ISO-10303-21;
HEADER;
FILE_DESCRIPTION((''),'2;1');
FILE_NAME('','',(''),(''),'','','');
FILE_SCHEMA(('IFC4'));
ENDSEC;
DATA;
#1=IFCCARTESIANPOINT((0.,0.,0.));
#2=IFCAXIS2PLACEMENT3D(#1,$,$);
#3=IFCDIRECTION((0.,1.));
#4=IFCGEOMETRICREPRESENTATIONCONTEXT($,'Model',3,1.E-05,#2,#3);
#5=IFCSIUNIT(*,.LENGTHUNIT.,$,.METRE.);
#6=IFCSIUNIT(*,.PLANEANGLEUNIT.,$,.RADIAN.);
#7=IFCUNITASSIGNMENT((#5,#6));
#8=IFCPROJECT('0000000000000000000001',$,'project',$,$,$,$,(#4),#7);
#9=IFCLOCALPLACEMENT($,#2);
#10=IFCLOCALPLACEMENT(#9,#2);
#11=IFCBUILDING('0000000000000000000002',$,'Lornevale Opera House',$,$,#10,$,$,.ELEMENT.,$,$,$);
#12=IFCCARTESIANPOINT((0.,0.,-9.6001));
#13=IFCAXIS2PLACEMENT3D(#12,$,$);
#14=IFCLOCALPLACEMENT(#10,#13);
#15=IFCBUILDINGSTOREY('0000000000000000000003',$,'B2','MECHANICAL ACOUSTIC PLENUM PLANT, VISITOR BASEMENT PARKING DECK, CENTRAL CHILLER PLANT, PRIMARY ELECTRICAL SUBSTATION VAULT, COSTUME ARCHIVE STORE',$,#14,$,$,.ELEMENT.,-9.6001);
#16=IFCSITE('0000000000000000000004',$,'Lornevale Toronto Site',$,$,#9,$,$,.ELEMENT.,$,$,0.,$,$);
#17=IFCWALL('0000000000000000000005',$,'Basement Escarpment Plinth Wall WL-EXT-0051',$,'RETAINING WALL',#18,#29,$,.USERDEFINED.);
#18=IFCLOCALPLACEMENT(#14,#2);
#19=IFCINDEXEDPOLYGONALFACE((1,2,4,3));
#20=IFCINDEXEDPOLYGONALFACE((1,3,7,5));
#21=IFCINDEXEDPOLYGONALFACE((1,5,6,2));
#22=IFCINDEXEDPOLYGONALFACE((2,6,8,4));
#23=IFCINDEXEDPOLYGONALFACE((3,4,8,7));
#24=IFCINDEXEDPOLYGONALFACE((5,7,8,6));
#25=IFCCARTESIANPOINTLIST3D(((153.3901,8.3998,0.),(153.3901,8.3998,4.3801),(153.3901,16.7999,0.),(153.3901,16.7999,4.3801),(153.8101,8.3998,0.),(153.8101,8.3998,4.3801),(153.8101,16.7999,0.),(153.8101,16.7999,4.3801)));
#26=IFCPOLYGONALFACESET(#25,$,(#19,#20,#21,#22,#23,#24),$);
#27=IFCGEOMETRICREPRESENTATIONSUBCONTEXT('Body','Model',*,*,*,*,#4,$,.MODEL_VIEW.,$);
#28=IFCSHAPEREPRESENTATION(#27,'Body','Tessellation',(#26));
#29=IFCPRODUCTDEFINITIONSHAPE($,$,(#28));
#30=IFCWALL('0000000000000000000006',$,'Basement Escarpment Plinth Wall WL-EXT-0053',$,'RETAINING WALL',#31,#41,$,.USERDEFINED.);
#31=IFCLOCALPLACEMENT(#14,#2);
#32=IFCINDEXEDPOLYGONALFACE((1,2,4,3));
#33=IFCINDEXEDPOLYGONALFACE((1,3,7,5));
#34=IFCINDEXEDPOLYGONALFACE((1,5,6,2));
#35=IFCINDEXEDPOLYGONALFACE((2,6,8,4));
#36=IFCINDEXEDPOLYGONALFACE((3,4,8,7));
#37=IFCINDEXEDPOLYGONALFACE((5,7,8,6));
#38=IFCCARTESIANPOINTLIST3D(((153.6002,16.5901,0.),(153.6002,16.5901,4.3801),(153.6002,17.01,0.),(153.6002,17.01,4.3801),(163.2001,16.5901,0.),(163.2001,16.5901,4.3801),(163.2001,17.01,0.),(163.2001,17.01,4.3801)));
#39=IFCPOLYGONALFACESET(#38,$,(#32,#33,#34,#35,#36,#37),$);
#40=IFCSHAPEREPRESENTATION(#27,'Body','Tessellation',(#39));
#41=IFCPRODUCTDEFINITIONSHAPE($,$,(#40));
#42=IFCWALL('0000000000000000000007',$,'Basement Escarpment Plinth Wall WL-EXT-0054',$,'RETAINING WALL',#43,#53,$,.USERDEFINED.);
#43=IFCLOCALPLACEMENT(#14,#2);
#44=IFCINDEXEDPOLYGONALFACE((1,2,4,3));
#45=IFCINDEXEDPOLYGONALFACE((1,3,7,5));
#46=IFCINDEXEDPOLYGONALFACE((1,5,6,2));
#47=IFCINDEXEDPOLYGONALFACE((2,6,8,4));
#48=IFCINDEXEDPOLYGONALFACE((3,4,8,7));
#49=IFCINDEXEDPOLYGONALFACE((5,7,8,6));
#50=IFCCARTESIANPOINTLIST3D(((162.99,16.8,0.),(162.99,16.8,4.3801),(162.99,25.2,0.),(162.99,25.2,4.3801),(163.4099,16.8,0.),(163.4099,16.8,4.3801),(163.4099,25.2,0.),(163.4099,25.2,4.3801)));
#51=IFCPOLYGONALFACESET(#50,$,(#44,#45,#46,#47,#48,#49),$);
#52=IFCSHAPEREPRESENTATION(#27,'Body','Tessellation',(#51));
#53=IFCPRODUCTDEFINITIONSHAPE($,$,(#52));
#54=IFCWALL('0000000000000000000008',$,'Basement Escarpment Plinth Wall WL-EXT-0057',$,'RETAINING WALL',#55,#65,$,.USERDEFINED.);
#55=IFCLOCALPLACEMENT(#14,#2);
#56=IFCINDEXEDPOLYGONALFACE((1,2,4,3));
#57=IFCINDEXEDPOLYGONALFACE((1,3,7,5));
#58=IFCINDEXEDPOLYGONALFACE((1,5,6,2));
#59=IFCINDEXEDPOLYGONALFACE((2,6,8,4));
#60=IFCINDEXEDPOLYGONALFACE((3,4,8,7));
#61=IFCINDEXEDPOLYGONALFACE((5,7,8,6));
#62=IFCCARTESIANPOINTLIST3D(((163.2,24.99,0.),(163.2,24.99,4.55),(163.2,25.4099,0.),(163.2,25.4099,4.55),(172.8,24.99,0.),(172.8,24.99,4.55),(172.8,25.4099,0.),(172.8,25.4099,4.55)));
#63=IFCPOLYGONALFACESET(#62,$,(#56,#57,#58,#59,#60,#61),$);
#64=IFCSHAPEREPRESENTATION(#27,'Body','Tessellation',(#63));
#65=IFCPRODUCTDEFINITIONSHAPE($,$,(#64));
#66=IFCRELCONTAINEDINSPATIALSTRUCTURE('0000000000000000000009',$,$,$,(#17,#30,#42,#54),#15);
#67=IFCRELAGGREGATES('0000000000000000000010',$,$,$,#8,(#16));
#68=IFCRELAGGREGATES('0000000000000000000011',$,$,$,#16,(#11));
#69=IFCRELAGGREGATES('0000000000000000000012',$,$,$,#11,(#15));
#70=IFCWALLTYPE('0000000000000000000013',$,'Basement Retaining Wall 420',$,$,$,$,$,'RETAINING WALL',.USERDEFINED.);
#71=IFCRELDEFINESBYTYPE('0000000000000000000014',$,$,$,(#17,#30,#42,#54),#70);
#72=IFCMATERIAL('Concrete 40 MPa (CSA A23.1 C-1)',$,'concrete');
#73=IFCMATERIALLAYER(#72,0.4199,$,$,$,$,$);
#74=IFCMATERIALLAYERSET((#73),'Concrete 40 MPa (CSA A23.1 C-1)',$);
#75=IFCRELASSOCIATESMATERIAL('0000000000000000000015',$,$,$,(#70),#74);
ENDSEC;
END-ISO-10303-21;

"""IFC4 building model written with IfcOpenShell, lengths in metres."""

from ifc_helpers import new_model, si_unit, direction, frame, frame_2d, origin, place, context, subcontext, project, spatial, rectangle, extrude, material, layer, layer_set, type_object, element, save


model = new_model("IFC4")

# Units and contexts
model_context = context("Model", 3, precision=1e-05, world=origin(), true_north=direction((0.0, 1.0)))
body_context = subcontext(model_context, "Body", "Model", "MODEL_VIEW")
ifc_project = project(units=[si_unit("LENGTHUNIT", "METRE"), si_unit("PLANEANGLEUNIT", "RADIAN")], contexts=[model_context])

# Site, building, storey
site_placement = place(None, origin())
site = spatial("IfcSite", under=ifc_project, at=site_placement, Name="Lornevale Toronto Site", CompositionType="ELEMENT", RefElevation=0.0)
building_placement = place(site_placement, origin())
building = spatial("IfcBuilding", under=site, at=building_placement, Name="Lornevale Opera House", CompositionType="ELEMENT")
storey_placement = place(building_placement, frame((0.0, 0.0, -9.6001)))
storey = spatial("IfcBuildingStorey", under=building, at=storey_placement, Name="B2", Description="MECHANICAL ACOUSTIC PLENUM PLANT, VISITOR BASEMENT PARKING DECK, CENTRAL CHILLER PLANT, PRIMARY ELECTRICAL SUBSTATION VAULT, COSTUME ARCHIVE STORE", CompositionType="ELEMENT", Elevation=-9.6001)

# Shared definitions
ifc_material_1 = material(Name="Concrete 40 MPa (CSA A23.1 C-1)", Category="concrete")

# Walls
ifc_layer_1 = layer(ifc_material_1, 0.4199)
ifc_layer_set_1 = layer_set([ifc_layer_1], Name="Concrete 40 MPa (CSA A23.1 C-1)")
wall_type = type_object("IfcWallType", Name="Basement Retaining Wall 420", ElementType="RETAINING WALL", PredefinedType="USERDEFINED", material=ifc_layer_set_1)
wall_1_placement = place(storey_placement, frame((153.6001, 16.8, 0.0), z_axis=(0.0, 0.0, 1.0), x_axis=(0.0, -1.0, 0.0)))
element("IfcWall", 1, at=wall_1_placement, inside=storey, type_object=wall_type, Name="Basement Escarpment Plinth Wall WL-EXT-0051", ObjectType="RETAINING WALL", PredefinedType="USERDEFINED", context=body_context, shape_type="SweptSolid", body=[
    extrude(rectangle(XDim=8.4001, YDim=0.4199, at=frame_2d((4.2002, 0.0))), origin(), (0.0, 0.0, 1.0), 4.3801),
])
wall_2_placement = place(storey_placement, frame((163.2, 16.8, 0.0), z_axis=(0.0, 0.0, 1.0), x_axis=(-1.0, 0.0, 0.0)))
element("IfcWall", 2, at=wall_2_placement, inside=storey, type_object=wall_type, Name="Basement Escarpment Plinth Wall WL-EXT-0053", ObjectType="RETAINING WALL", PredefinedType="USERDEFINED", context=body_context, shape_type="SweptSolid", body=[
    extrude(rectangle(XDim=9.5999, YDim=0.4199, at=frame_2d((4.7998, 0.0))), origin(), (0.0, 0.0, 1.0), 4.3801),
])
wall_3_placement = place(storey_placement, frame((163.2, 25.2, 0.0), z_axis=(0.0, 0.0, 1.0), x_axis=(0.0, -1.0, 0.0)))
element("IfcWall", 3, at=wall_3_placement, inside=storey, type_object=wall_type, Name="Basement Escarpment Plinth Wall WL-EXT-0054", ObjectType="RETAINING WALL", PredefinedType="USERDEFINED", context=body_context, shape_type="SweptSolid", body=[
    extrude(rectangle(XDim=8.3999, YDim=0.4199, at=frame_2d((4.2, 0.0))), origin(), (0.0, 0.0, 1.0), 4.3801),
])
wall_4_placement = place(storey_placement, frame((172.8, 25.2, 0.0), z_axis=(0.0, 0.0, 1.0), x_axis=(-1.0, 0.0, 0.0)))
element("IfcWall", 4, at=wall_4_placement, inside=storey, type_object=wall_type, Name="Basement Escarpment Plinth Wall WL-EXT-0057", ObjectType="RETAINING WALL", PredefinedType="USERDEFINED", context=body_context, shape_type="SweptSolid", body=[
    extrude(rectangle(XDim=9.6001, YDim=0.4199, at=frame_2d((4.8, 0.0))), origin(), (0.0, 0.0, 1.0), 4.55),
])

save(model, "model.ifc")
